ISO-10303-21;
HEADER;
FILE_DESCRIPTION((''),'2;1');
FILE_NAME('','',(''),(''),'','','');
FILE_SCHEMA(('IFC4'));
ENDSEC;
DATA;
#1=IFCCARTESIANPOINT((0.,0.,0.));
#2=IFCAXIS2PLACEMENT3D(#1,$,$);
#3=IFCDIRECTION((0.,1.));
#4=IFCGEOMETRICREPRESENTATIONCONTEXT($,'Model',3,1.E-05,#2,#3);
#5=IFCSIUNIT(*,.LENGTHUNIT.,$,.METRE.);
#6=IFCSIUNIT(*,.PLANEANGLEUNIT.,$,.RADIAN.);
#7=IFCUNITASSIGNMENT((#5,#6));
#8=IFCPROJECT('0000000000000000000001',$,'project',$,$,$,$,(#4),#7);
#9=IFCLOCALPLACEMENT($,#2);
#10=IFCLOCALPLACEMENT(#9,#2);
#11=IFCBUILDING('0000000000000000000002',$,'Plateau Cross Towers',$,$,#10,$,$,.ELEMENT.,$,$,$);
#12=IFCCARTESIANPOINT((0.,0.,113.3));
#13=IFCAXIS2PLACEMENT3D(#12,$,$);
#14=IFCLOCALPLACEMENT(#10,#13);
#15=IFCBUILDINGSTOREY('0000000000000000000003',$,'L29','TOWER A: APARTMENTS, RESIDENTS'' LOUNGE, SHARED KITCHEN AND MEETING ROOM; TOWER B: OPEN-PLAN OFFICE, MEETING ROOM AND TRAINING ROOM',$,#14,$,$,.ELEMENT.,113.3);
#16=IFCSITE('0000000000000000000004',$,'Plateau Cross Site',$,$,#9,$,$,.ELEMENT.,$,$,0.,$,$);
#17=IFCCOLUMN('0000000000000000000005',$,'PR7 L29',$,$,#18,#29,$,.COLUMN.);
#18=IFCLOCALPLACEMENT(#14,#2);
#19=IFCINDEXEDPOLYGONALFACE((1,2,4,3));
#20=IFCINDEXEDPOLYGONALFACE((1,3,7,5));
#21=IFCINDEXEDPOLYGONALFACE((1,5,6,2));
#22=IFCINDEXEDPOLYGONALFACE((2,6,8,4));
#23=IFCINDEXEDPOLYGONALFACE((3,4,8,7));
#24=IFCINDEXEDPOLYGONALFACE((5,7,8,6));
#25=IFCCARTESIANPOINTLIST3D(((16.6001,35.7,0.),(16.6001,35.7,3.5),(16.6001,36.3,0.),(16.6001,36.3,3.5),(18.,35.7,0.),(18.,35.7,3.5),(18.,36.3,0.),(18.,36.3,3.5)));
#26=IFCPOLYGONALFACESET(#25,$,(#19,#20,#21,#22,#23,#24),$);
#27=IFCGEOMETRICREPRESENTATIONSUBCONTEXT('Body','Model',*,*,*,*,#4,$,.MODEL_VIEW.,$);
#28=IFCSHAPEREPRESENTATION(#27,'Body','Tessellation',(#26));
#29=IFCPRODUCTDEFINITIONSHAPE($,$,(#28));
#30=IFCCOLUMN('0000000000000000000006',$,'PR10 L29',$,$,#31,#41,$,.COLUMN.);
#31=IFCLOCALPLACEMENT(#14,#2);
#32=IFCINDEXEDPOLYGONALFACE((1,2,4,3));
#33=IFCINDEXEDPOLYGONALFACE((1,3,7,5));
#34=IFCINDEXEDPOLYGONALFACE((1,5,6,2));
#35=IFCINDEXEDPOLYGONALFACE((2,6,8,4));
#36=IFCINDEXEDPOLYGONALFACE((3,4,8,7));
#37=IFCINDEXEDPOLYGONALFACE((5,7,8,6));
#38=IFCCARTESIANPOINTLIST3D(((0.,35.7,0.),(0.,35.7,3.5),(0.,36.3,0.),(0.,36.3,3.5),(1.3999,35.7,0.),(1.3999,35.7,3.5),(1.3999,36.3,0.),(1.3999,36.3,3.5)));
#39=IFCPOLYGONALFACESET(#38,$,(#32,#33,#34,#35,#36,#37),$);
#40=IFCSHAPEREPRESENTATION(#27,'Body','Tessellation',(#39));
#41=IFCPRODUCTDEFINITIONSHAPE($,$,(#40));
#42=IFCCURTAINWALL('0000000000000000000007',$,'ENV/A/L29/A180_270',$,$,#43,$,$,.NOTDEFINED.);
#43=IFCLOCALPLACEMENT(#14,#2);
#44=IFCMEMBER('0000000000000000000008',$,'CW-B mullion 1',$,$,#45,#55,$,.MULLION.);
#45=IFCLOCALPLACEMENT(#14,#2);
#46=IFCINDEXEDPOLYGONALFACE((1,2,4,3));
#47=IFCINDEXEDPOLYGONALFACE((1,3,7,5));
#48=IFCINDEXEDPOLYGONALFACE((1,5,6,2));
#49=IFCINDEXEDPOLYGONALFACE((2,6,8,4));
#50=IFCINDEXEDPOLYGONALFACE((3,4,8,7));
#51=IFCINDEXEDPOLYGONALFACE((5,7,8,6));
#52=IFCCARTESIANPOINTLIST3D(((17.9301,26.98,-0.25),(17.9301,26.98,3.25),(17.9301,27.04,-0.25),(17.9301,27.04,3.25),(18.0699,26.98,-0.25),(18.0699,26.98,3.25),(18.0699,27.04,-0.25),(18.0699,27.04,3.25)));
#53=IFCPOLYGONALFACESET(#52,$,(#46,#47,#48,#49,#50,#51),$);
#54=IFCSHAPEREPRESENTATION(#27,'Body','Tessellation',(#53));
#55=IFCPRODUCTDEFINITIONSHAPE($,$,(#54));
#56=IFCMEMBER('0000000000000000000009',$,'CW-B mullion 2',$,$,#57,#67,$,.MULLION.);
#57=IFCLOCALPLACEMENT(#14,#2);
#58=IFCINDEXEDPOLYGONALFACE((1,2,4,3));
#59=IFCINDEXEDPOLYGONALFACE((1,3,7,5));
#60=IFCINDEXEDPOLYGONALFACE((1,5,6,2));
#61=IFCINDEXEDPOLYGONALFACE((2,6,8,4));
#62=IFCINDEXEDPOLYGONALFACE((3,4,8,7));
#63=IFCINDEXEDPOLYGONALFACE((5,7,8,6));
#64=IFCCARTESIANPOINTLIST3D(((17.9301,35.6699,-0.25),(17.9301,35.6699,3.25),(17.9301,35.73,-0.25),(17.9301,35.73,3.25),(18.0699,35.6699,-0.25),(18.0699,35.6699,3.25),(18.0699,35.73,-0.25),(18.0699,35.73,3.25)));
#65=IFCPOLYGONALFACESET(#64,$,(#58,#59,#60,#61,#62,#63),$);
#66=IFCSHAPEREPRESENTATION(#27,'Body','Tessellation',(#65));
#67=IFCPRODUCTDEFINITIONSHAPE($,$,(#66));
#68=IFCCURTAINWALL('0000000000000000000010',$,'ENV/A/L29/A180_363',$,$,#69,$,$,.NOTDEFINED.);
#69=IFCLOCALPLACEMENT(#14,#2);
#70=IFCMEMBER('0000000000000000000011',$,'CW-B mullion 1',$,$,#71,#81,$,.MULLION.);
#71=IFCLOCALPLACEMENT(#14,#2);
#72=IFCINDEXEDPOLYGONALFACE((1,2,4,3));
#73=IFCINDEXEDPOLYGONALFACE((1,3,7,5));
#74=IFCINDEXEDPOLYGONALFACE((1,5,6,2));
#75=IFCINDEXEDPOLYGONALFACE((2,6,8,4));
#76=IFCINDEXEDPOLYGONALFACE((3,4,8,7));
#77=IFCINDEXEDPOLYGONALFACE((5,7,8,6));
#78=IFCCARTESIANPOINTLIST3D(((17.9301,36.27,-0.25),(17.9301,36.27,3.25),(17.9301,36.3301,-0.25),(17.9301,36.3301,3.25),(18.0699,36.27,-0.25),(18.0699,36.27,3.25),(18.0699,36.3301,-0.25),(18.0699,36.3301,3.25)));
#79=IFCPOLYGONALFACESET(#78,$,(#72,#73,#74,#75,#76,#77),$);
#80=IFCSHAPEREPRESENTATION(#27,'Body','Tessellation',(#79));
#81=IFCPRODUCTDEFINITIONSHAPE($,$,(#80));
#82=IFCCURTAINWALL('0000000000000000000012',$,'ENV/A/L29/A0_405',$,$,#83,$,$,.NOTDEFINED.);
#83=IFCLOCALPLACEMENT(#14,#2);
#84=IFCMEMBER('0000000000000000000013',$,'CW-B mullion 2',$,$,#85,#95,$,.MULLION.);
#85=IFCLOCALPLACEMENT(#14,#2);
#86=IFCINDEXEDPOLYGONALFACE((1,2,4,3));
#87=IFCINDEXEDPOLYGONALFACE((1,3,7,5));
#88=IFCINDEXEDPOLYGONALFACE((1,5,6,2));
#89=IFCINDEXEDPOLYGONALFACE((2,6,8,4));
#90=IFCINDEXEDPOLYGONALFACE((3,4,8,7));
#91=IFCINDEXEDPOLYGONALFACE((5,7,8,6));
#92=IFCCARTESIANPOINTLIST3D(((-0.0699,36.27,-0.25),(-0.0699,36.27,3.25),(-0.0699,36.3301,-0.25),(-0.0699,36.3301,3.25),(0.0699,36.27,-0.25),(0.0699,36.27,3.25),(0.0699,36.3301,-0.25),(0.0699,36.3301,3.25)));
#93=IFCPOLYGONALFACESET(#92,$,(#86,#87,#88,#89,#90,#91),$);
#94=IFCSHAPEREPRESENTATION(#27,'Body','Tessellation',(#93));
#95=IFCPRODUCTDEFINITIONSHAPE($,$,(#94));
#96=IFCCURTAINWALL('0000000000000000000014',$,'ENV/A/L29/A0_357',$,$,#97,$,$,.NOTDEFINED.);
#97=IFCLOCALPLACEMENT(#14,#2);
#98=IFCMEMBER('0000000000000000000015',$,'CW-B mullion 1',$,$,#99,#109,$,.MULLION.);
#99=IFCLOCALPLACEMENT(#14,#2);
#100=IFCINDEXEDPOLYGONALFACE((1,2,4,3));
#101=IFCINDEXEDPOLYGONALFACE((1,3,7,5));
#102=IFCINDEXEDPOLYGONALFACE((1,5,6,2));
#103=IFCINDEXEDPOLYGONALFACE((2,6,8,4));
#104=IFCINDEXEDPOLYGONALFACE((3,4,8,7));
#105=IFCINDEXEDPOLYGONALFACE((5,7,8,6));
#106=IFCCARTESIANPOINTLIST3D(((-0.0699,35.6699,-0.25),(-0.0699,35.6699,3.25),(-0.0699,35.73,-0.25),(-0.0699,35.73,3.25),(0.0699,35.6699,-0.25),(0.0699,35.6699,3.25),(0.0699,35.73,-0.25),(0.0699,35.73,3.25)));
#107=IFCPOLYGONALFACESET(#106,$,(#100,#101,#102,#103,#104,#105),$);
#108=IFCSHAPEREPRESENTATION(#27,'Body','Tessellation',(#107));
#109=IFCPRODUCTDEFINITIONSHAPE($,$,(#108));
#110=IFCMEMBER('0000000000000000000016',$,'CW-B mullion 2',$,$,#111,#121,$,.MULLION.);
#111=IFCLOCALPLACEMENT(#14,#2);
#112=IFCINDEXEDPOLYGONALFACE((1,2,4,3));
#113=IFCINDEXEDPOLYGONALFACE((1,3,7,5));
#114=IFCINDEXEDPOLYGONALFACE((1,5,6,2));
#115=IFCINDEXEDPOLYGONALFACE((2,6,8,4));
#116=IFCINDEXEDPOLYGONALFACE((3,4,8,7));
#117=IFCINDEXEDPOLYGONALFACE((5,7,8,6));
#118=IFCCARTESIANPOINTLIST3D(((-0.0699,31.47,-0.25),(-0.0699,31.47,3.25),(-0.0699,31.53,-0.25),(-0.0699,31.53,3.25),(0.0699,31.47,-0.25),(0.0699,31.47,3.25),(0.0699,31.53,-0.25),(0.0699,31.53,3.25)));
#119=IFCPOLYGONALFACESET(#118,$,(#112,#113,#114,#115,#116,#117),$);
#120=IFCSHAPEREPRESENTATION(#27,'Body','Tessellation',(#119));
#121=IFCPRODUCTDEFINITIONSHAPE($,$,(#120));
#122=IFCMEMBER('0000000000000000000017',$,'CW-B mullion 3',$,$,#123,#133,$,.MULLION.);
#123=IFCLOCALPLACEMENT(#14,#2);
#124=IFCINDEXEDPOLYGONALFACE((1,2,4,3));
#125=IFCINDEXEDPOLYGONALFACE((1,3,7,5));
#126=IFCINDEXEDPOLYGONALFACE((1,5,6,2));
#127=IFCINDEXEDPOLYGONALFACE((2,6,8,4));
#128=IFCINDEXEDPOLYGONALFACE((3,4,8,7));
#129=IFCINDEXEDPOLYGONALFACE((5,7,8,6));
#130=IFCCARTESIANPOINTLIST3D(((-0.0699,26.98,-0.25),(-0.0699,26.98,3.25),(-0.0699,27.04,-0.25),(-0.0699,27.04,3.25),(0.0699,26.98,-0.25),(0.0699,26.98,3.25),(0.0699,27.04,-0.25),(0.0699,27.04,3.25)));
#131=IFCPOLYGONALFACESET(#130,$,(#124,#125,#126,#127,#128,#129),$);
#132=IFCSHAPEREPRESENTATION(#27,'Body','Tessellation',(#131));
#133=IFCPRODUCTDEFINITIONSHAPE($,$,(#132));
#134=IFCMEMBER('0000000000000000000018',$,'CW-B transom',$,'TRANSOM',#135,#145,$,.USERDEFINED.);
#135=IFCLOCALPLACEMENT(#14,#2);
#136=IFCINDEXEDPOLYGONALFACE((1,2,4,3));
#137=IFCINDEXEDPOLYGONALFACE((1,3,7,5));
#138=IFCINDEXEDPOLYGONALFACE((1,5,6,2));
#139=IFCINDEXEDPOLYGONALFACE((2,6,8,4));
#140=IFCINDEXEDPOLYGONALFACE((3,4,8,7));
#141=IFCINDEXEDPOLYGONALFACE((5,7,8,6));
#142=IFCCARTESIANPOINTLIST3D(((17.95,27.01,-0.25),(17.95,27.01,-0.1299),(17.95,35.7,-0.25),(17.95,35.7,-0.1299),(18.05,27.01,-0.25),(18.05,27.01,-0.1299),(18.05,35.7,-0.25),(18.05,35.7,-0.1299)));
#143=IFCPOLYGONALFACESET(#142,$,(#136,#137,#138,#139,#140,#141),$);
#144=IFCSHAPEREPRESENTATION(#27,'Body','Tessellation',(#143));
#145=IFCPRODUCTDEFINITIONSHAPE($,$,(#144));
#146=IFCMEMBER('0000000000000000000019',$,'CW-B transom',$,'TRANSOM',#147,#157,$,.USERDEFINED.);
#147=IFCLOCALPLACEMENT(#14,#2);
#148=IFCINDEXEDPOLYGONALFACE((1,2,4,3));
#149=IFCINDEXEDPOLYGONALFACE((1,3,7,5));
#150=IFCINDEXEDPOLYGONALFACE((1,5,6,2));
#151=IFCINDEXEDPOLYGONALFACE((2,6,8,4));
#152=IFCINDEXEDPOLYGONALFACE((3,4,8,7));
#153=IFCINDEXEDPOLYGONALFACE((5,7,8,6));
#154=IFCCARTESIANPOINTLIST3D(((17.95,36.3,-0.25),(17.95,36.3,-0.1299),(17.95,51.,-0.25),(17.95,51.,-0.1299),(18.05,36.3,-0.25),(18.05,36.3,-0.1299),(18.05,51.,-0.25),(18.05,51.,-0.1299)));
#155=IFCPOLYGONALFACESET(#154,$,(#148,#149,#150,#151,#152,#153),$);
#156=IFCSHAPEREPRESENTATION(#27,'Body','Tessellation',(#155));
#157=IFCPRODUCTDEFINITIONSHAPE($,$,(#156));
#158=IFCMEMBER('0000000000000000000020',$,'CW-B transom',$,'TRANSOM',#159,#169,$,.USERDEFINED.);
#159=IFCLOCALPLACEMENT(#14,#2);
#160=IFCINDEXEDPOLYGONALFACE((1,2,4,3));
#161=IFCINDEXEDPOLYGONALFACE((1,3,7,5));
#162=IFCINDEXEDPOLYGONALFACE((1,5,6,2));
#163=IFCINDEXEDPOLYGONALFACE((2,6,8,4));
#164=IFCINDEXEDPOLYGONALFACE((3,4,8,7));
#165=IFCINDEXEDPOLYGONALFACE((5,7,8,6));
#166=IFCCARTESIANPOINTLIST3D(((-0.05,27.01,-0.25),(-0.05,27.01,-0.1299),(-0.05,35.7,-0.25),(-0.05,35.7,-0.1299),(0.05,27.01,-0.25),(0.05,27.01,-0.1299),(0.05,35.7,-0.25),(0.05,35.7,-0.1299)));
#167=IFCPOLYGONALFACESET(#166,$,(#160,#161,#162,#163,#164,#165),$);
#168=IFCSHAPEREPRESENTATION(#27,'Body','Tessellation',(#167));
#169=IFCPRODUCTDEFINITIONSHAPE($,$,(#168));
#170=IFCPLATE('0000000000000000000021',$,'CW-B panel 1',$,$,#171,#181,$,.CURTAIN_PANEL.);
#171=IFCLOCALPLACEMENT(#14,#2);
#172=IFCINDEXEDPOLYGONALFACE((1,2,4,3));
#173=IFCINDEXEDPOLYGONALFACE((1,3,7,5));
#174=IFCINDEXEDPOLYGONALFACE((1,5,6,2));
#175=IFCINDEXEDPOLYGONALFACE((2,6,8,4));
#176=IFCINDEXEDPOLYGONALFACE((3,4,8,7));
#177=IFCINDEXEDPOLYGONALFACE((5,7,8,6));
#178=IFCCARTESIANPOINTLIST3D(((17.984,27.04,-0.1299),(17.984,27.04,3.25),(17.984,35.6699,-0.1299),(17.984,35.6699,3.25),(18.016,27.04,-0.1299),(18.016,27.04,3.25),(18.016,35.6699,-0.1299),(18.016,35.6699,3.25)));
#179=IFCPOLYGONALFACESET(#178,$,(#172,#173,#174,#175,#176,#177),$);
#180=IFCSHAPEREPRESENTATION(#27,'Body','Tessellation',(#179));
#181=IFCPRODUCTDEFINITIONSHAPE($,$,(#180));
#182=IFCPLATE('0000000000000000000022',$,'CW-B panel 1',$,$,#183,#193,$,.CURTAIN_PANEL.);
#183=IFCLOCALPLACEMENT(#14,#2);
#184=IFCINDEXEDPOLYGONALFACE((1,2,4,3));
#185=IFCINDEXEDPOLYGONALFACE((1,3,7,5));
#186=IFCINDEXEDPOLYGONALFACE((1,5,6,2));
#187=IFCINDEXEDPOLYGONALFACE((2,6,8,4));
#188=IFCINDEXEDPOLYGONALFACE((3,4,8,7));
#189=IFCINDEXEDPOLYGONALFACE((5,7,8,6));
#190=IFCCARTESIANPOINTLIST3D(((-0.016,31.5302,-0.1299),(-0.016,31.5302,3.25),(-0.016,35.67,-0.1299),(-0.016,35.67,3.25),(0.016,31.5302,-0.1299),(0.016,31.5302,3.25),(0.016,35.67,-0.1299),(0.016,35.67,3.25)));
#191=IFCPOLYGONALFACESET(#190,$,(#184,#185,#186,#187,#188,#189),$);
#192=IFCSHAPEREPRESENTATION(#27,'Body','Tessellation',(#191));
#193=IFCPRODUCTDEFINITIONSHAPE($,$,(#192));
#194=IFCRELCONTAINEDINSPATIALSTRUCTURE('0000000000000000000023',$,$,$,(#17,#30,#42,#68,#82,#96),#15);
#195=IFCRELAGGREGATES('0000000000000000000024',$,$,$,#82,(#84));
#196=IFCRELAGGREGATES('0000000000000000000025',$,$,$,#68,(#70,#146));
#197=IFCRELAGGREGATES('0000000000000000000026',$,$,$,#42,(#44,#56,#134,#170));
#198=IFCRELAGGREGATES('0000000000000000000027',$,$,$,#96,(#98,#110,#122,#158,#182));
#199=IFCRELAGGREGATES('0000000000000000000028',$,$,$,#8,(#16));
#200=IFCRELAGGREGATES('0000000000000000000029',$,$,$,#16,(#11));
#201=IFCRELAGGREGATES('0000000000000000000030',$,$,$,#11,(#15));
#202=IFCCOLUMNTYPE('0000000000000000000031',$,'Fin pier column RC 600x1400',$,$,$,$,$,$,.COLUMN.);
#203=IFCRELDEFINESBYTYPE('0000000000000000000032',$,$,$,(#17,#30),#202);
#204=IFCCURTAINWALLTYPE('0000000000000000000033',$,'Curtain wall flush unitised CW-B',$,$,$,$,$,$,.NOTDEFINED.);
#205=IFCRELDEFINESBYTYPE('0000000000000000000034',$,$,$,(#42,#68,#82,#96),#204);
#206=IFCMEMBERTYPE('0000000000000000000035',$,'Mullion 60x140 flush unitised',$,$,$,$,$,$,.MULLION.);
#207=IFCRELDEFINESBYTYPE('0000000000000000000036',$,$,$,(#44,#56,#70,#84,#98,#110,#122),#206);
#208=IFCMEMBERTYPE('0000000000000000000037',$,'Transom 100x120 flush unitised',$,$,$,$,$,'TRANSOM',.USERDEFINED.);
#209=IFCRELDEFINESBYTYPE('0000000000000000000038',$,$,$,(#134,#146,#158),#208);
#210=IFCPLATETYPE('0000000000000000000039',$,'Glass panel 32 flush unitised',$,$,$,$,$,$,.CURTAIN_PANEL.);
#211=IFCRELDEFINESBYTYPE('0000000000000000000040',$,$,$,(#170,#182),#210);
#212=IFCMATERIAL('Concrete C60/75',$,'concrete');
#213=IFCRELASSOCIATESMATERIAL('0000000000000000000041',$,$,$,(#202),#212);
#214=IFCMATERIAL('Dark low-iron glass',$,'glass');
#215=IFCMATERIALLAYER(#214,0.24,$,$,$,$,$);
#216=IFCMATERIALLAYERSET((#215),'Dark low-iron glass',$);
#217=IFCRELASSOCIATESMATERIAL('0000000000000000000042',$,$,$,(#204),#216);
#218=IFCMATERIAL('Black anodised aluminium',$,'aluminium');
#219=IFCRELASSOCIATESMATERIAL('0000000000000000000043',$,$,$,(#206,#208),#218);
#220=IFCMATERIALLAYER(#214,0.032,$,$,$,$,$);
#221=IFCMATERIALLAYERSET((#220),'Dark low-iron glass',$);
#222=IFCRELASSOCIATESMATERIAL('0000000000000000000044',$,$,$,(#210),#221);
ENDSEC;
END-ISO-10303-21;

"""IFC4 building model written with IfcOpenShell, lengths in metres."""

from ifc_helpers import new_model, si_unit, direction, frame, origin, origin_2d, place, context, subcontext, project, spatial, rectangle, extrude, material, layer, layer_set, material_profile, profile_set, type_object, element, aggregate, save


model = new_model("IFC4")

# Units and contexts
model_context = context("Model", 3, precision=1e-05, world=origin(), true_north=direction((0.0, 1.0)))
body_context = subcontext(model_context, "Body", "Model", "MODEL_VIEW")
ifc_project = project(units=[si_unit("LENGTHUNIT", "METRE"), si_unit("PLANEANGLEUNIT", "RADIAN")], contexts=[model_context])

# Site, building, storey
site_placement = place(None, origin())
site = spatial("IfcSite", under=ifc_project, at=site_placement, Name="Plateau Cross Site", CompositionType="ELEMENT", RefElevation=0.0)
building_placement = place(site_placement, origin())
building = spatial("IfcBuilding", under=site, at=building_placement, Name="Plateau Cross Towers", CompositionType="ELEMENT")
storey_placement = place(building_placement, frame((0.0, 0.0, 113.3)))
storey = spatial("IfcBuildingStorey", under=building, at=storey_placement, Name="L29", Description="TOWER A: APARTMENTS, RESIDENTS' LOUNGE, SHARED KITCHEN AND MEETING ROOM; TOWER B: OPEN-PLAN OFFICE, MEETING ROOM AND TRAINING ROOM", CompositionType="ELEMENT", Elevation=113.3)

# Columns
ifc_material_1 = material(Name="Concrete C60/75", Category="concrete")
ifc_material_profile_1 = material_profile(ifc_material_1, rectangle(XDim=0.6001, YDim=1.3999, at=origin_2d()), Name="RC 600x1400")
ifc_profile_set_1 = profile_set([ifc_material_profile_1], Name="Concrete C60/75")
column_type = type_object("IfcColumnType", Name="Fin pier column RC 600x1400", PredefinedType="COLUMN", material=ifc_profile_set_1)
for number, where, z_axis, x_axis, name in (
    (1, (17.3, 36.0, 0.0), (0.0, 0.0, 1.0), (0.0, 1.0, 0.0), "PR7 L29"),
    (2, (0.7, 36.0, 0.0), (0.0, 0.0, 1.0), (0.0, 1.0, 0.0), "PR10 L29"),
):
    element("IfcColumn", number, at=place(storey_placement, frame(where, z_axis=z_axis, x_axis=x_axis)), inside=storey, type_object=column_type, Name=name, PredefinedType="COLUMN", context=body_context, shape_type="SweptSolid", body=[
        extrude(rectangle(XDim=0.6001, YDim=1.3999, at=origin_2d()), origin(), (0.0, 0.0, 1.0), 3.5),
    ])

# Curtain wall, members
ifc_material_2 = material(Name="Dark low-iron glass", Category="glass")
ifc_layer_1 = layer(ifc_material_2, 0.24)
ifc_layer_set_1 = layer_set([ifc_layer_1], Name="Dark low-iron glass")
curtain_wall_type = type_object("IfcCurtainWallType", Name="Curtain wall flush unitised CW-B", PredefinedType="NOTDEFINED", material=ifc_layer_set_1)
curtain_wall_1_placement = place(storey_placement, origin())
curtain_wall_1 = element("IfcCurtainWall", 3, at=curtain_wall_1_placement, inside=storey, type_object=curtain_wall_type, Name="ENV/A/L29/A180_270", PredefinedType="NOTDEFINED")
ifc_material_3 = material(Name="Black anodised aluminium", Category="aluminium")
ifc_material_profile_2 = material_profile(ifc_material_3, rectangle(XDim=0.0601, YDim=0.1399, at=origin_2d()), Name="MULLION 60x140")
ifc_profile_set_2 = profile_set([ifc_material_profile_2], Name="Black anodised aluminium")
member_type_1 = type_object("IfcMemberType", Name="Mullion 60x140 flush unitised", PredefinedType="MULLION", material=ifc_profile_set_2)
member_1_placement = place(storey_placement, frame((18.0, 27.01, -0.25), z_axis=(0.0, 0.0, 1.0), x_axis=(0.0, 1.0, 0.0)))
member_1 = element("IfcMember", 4, at=member_1_placement, type_object=member_type_1, Name="CW-B mullion 1", PredefinedType="MULLION", context=body_context, shape_type="SweptSolid", body=[
    extrude(rectangle(XDim=0.0601, YDim=0.1399, at=origin_2d()), origin(), (0.0, 0.0, 1.0), 3.5),
])
member_2_placement = place(storey_placement, frame((18.0, 35.7, -0.25), z_axis=(0.0, 0.0, 1.0), x_axis=(0.0, 1.0, 0.0)))
member_2 = element("IfcMember", 5, at=member_2_placement, type_object=member_type_1, Name="CW-B mullion 2", PredefinedType="MULLION", context=body_context, shape_type="SweptSolid", body=[
    extrude(rectangle(XDim=0.0601, YDim=0.1399, at=origin_2d()), origin(), (0.0, 0.0, 1.0), 3.5),
])

# Curtain walls, members
curtain_wall_2_placement = place(storey_placement, origin())
curtain_wall_2 = element("IfcCurtainWall", 6, at=curtain_wall_2_placement, inside=storey, type_object=curtain_wall_type, Name="ENV/A/L29/A180_363", PredefinedType="NOTDEFINED")
member_3_placement = place(storey_placement, frame((18.0, 36.3, -0.25), z_axis=(0.0, 0.0, 1.0), x_axis=(0.0, 1.0, 0.0)))
member_3 = element("IfcMember", 7, at=member_3_placement, type_object=member_type_1, Name="CW-B mullion 1", PredefinedType="MULLION", context=body_context, shape_type="SweptSolid", body=[
    extrude(rectangle(XDim=0.0601, YDim=0.1399, at=origin_2d()), origin(), (0.0, 0.0, 1.0), 3.5),
])
curtain_wall_3_placement = place(storey_placement, origin())
curtain_wall_3 = element("IfcCurtainWall", 8, at=curtain_wall_3_placement, inside=storey, type_object=curtain_wall_type, Name="ENV/A/L29/A0_405", PredefinedType="NOTDEFINED")
member_4_placement = place(storey_placement, frame((0.0, 36.3, -0.25), z_axis=(0.0, 0.0, 1.0), x_axis=(0.0, -1.0, 0.0)))
member_4 = element("IfcMember", 9, at=member_4_placement, type_object=member_type_1, Name="CW-B mullion 2", PredefinedType="MULLION", context=body_context, shape_type="SweptSolid", body=[
    extrude(rectangle(XDim=0.0601, YDim=0.1399, at=origin_2d()), origin(), (0.0, 0.0, 1.0), 3.5),
])
aggregate(curtain_wall_3, [member_4])

# Curtain wall, members
curtain_wall_4_placement = place(storey_placement, origin())
curtain_wall_4 = element("IfcCurtainWall", 10, at=curtain_wall_4_placement, inside=storey, type_object=curtain_wall_type, Name="ENV/A/L29/A0_357", PredefinedType="NOTDEFINED")
member_5_placement = place(storey_placement, frame((0.0, 35.7, -0.25), z_axis=(0.0, 0.0, 1.0), x_axis=(0.0, -1.0, 0.0)))
member_5 = element("IfcMember", 11, at=member_5_placement, type_object=member_type_1, Name="CW-B mullion 1", PredefinedType="MULLION", context=body_context, shape_type="SweptSolid", body=[
    extrude(rectangle(XDim=0.0601, YDim=0.1399, at=origin_2d()), origin(), (0.0, 0.0, 1.0), 3.5),
])
member_6_placement = place(storey_placement, frame((0.0, 31.5, -0.25), z_axis=(0.0, 0.0, 1.0), x_axis=(0.0, -1.0, 0.0)))
member_6 = element("IfcMember", 12, at=member_6_placement, type_object=member_type_1, Name="CW-B mullion 2", PredefinedType="MULLION", context=body_context, shape_type="SweptSolid", body=[
    extrude(rectangle(XDim=0.0601, YDim=0.1399, at=origin_2d()), origin(), (0.0, 0.0, 1.0), 3.5),
])
member_7_placement = place(storey_placement, frame((0.0, 27.01, -0.25), z_axis=(0.0, 0.0, 1.0), x_axis=(0.0, -1.0, 0.0)))
member_7 = element("IfcMember", 13, at=member_7_placement, type_object=member_type_1, Name="CW-B mullion 3", PredefinedType="MULLION", context=body_context, shape_type="SweptSolid", body=[
    extrude(rectangle(XDim=0.0601, YDim=0.1399, at=origin_2d()), origin(), (0.0, 0.0, 1.0), 3.5),
])

# Members
ifc_material_profile_3 = material_profile(ifc_material_3, rectangle(XDim=0.1001, YDim=0.1201, at=origin_2d()), Name="TRANSOM 100x120")
ifc_profile_set_3 = profile_set([ifc_material_profile_3], Name="Black anodised aluminium")
member_type_2 = type_object("IfcMemberType", Name="Transom 100x120 flush unitised", ElementType="TRANSOM", PredefinedType="USERDEFINED", material=ifc_profile_set_3)
member_8_placement = place(storey_placement, frame((18.0, 27.01, -0.1899), z_axis=(0.0, 1.0, 0.0), x_axis=(-1.0, 0.0, 0.0)))
member_8 = element("IfcMember", 14, at=member_8_placement, type_object=member_type_2, Name="CW-B transom", ObjectType="TRANSOM", PredefinedType="USERDEFINED", context=body_context, shape_type="SweptSolid", body=[
    extrude(rectangle(XDim=0.1001, YDim=0.1201, at=origin_2d()), origin(), (0.0, 0.0, 1.0), 8.6899),
])
member_9_placement = place(storey_placement, frame((18.0, 36.3, -0.1899), z_axis=(0.0, 1.0, 0.0), x_axis=(-1.0, 0.0, 0.0)))
member_9 = element("IfcMember", 15, at=member_9_placement, type_object=member_type_2, Name="CW-B transom", ObjectType="TRANSOM", PredefinedType="USERDEFINED", context=body_context, shape_type="SweptSolid", body=[
    extrude(rectangle(XDim=0.1001, YDim=0.1201, at=origin_2d()), origin(), (0.0, 0.0, 1.0), 14.7),
])
aggregate(curtain_wall_2, [member_3, member_9])
member_10_placement = place(storey_placement, frame((0.0, 35.7, -0.1899), z_axis=(0.0, -1.0, 0.0), x_axis=(1.0, 0.0, 0.0)))
member_10 = element("IfcMember", 16, at=member_10_placement, type_object=member_type_2, Name="CW-B transom", ObjectType="TRANSOM", PredefinedType="USERDEFINED", context=body_context, shape_type="SweptSolid", body=[
    extrude(rectangle(XDim=0.1001, YDim=0.1201, at=origin_2d()), origin(), (0.0, 0.0, 1.0), 8.6899),
])

# Plates
ifc_layer_2 = layer(ifc_material_2, 0.032)
ifc_layer_set_2 = layer_set([ifc_layer_2], Name="Dark low-iron glass")
plate_type = type_object("IfcPlateType", Name="Glass panel 32 flush unitised", PredefinedType="CURTAIN_PANEL", material=ifc_layer_set_2)
plate_1_placement = place(storey_placement, frame((18.0, 31.355, -0.1299), z_axis=(0.0, 0.0, 1.0), x_axis=(0.0, 1.0, 0.0)))
plate_1 = element("IfcPlate", 17, at=plate_1_placement, type_object=plate_type, Name="CW-B panel 1", PredefinedType="CURTAIN_PANEL", context=body_context, shape_type="SweptSolid", body=[
    extrude(rectangle(XDim=8.6299, YDim=0.032, at=origin_2d()), origin(), (0.0, 0.0, 1.0), 3.3799),
])
aggregate(curtain_wall_1, [member_1, member_2, member_8, plate_1])
plate_2_placement = place(storey_placement, frame((0.0, 33.6001, -0.1299), z_axis=(0.0, 0.0, 1.0), x_axis=(0.0, -1.0, 0.0)))
plate_2 = element("IfcPlate", 18, at=plate_2_placement, type_object=plate_type, Name="CW-B panel 1", PredefinedType="CURTAIN_PANEL", context=body_context, shape_type="SweptSolid", body=[
    extrude(rectangle(XDim=4.1399, YDim=0.032, at=origin_2d()), origin(), (0.0, 0.0, 1.0), 3.3799),
])
aggregate(curtain_wall_4, [member_5, member_6, member_7, member_10, plate_2])

save(model, "model.ifc")
